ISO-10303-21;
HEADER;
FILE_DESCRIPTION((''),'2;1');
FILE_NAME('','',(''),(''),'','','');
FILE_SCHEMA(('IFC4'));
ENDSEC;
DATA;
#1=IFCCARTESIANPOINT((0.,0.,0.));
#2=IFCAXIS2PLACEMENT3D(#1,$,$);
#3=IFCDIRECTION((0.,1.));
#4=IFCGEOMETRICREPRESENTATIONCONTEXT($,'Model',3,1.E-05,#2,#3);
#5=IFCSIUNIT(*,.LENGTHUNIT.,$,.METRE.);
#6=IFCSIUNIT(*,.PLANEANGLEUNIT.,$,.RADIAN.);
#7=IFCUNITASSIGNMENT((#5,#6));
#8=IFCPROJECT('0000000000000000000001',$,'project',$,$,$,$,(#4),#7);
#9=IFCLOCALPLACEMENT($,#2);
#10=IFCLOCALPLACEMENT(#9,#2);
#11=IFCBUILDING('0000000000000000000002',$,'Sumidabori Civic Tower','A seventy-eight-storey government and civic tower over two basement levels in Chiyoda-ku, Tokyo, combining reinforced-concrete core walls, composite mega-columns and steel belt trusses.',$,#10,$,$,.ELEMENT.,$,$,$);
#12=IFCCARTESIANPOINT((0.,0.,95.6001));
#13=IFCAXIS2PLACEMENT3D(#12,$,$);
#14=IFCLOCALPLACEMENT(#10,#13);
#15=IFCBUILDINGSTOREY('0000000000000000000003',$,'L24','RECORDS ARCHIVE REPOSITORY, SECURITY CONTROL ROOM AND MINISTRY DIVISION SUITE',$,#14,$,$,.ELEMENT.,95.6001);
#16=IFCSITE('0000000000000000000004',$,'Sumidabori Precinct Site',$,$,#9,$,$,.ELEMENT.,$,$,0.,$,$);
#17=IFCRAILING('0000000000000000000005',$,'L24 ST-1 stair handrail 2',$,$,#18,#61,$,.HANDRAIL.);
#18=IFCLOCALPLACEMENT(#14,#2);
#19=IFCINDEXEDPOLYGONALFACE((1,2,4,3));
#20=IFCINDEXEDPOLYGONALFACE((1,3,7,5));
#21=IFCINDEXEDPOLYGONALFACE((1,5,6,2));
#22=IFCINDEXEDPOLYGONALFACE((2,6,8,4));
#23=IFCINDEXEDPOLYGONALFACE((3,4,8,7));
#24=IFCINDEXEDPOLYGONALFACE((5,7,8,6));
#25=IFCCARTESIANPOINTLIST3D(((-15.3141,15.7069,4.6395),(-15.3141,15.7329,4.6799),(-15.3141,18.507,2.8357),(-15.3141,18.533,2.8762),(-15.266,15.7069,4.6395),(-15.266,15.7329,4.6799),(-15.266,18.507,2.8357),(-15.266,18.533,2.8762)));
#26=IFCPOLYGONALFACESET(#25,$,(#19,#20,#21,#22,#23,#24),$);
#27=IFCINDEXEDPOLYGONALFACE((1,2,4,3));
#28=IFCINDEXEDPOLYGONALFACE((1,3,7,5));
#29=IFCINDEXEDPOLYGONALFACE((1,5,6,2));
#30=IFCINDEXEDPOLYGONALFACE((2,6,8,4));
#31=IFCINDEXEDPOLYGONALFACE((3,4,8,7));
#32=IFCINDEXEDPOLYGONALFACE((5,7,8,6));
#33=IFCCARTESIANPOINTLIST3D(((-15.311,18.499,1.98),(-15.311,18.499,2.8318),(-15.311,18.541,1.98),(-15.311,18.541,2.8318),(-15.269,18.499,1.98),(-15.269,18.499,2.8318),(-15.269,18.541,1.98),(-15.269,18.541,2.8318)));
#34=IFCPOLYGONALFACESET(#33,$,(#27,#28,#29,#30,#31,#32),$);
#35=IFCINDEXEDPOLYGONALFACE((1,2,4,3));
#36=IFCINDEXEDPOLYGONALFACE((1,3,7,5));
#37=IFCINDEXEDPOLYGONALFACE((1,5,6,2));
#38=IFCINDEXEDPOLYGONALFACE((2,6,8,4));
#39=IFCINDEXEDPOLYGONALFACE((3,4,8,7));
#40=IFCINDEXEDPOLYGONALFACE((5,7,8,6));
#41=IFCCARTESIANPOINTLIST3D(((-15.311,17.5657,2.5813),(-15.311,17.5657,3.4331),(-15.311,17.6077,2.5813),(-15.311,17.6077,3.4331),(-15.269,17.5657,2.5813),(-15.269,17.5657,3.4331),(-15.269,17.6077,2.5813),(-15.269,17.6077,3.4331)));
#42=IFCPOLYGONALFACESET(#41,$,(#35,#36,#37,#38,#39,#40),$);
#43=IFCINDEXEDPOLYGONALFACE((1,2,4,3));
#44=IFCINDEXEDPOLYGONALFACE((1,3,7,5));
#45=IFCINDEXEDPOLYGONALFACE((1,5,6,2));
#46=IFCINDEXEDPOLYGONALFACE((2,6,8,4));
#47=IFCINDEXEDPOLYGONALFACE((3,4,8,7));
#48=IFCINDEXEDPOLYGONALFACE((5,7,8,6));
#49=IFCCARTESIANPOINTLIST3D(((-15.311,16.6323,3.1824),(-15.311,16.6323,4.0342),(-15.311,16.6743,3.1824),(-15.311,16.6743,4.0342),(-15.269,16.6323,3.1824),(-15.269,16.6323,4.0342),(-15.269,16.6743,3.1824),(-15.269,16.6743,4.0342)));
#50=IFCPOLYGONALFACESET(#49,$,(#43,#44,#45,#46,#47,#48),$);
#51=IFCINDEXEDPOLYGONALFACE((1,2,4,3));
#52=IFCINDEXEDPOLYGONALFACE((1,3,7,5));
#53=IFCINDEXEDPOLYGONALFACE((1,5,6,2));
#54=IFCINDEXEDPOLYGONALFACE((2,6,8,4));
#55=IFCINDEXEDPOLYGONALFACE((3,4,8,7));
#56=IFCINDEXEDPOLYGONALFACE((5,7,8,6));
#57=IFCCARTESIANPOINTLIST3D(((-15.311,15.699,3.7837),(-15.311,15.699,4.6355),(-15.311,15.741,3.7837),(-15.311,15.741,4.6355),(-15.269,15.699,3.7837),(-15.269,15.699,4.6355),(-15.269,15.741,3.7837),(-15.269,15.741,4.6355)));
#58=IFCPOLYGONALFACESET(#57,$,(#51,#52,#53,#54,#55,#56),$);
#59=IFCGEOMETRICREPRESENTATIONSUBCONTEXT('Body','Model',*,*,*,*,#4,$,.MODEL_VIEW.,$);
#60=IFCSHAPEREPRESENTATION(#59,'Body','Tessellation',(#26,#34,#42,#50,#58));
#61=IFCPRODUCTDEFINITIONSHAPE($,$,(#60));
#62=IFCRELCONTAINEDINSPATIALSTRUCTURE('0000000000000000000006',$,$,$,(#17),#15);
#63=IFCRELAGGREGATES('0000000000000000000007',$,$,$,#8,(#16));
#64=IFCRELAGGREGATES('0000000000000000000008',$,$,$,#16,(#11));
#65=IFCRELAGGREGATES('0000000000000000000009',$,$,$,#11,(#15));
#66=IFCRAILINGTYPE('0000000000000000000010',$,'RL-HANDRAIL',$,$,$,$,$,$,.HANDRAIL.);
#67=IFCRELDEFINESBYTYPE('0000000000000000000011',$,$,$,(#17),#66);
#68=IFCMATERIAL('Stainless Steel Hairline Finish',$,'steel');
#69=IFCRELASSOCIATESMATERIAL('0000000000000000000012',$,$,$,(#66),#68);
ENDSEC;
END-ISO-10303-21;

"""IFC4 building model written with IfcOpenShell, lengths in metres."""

from ifc_helpers import new_model, si_unit, direction, frame, origin, origin_2d, place, context, subcontext, project, spatial, rectangle, extrude, material, type_object, element, save


model = new_model("IFC4")

# Units and contexts
model_context = context("Model", 3, precision=1e-05, world=origin(), true_north=direction((0.0, 1.0)))
body_context = subcontext(model_context, "Body", "Model", "MODEL_VIEW")
ifc_project = project(units=[si_unit("LENGTHUNIT", "METRE"), si_unit("PLANEANGLEUNIT", "RADIAN")], contexts=[model_context])

# Site, building, storey
site_placement = place(None, origin())
site = spatial("IfcSite", under=ifc_project, at=site_placement, Name="Sumidabori Precinct Site", CompositionType="ELEMENT", RefElevation=0.0)
building_placement = place(site_placement, origin())
building = spatial("IfcBuilding", under=site, at=building_placement, Name="Sumidabori Civic Tower", Description="A seventy-eight-storey government and civic tower over two basement levels in Chiyoda-ku, Tokyo, combining reinforced-concrete core walls, composite mega-columns and steel belt trusses.", CompositionType="ELEMENT")
storey_placement = place(building_placement, frame((0.0, 0.0, 95.6001)))
storey = spatial("IfcBuildingStorey", under=building, at=storey_placement, Name="L24", Description="RECORDS ARCHIVE REPOSITORY, SECURITY CONTROL ROOM AND MINISTRY DIVISION SUITE", CompositionType="ELEMENT", Elevation=95.6001)

# Railing
ifc_material_1 = material(Name="Stainless Steel Hairline Finish", Category="steel")
railing_type = type_object("IfcRailingType", Name="RL-HANDRAIL", PredefinedType="HANDRAIL", material=ifc_material_1)
railing_placement = place(storey_placement, frame((-15.29, 18.52, 1.98)))
element("IfcRailing", 1, at=railing_placement, inside=storey, type_object=railing_type, Name="L24 ST-1 stair handrail 2", PredefinedType="HANDRAIL", context=body_context, shape_type="SweptSolid", body=[
    extrude(rectangle(XDim=0.0481, YDim=0.0481, at=origin_2d()), frame((0.0, 0.0, 0.876), z_axis=(0.0, -0.840676, 0.541539), x_axis=(1.0, 0.0, 0.0)), (0.0, 0.0, 1.0), 3.3308),
    extrude(rectangle(XDim=0.042, YDim=0.042, at=origin_2d()), origin(), (0.0, 0.0, 1.0), 0.8518),
    extrude(rectangle(XDim=0.042, YDim=0.042, at=origin_2d()), frame((0.0, -0.9333, 0.6013)), (0.0, 0.0, 1.0), 0.8518),
    extrude(rectangle(XDim=0.042, YDim=0.042, at=origin_2d()), frame((0.0, -1.8667, 1.2024)), (0.0, 0.0, 1.0), 0.8518),
    extrude(rectangle(XDim=0.042, YDim=0.042, at=origin_2d()), frame((0.0, -2.8, 1.8037)), (0.0, 0.0, 1.0), 0.8518),
])

save(model, "model.ifc")
